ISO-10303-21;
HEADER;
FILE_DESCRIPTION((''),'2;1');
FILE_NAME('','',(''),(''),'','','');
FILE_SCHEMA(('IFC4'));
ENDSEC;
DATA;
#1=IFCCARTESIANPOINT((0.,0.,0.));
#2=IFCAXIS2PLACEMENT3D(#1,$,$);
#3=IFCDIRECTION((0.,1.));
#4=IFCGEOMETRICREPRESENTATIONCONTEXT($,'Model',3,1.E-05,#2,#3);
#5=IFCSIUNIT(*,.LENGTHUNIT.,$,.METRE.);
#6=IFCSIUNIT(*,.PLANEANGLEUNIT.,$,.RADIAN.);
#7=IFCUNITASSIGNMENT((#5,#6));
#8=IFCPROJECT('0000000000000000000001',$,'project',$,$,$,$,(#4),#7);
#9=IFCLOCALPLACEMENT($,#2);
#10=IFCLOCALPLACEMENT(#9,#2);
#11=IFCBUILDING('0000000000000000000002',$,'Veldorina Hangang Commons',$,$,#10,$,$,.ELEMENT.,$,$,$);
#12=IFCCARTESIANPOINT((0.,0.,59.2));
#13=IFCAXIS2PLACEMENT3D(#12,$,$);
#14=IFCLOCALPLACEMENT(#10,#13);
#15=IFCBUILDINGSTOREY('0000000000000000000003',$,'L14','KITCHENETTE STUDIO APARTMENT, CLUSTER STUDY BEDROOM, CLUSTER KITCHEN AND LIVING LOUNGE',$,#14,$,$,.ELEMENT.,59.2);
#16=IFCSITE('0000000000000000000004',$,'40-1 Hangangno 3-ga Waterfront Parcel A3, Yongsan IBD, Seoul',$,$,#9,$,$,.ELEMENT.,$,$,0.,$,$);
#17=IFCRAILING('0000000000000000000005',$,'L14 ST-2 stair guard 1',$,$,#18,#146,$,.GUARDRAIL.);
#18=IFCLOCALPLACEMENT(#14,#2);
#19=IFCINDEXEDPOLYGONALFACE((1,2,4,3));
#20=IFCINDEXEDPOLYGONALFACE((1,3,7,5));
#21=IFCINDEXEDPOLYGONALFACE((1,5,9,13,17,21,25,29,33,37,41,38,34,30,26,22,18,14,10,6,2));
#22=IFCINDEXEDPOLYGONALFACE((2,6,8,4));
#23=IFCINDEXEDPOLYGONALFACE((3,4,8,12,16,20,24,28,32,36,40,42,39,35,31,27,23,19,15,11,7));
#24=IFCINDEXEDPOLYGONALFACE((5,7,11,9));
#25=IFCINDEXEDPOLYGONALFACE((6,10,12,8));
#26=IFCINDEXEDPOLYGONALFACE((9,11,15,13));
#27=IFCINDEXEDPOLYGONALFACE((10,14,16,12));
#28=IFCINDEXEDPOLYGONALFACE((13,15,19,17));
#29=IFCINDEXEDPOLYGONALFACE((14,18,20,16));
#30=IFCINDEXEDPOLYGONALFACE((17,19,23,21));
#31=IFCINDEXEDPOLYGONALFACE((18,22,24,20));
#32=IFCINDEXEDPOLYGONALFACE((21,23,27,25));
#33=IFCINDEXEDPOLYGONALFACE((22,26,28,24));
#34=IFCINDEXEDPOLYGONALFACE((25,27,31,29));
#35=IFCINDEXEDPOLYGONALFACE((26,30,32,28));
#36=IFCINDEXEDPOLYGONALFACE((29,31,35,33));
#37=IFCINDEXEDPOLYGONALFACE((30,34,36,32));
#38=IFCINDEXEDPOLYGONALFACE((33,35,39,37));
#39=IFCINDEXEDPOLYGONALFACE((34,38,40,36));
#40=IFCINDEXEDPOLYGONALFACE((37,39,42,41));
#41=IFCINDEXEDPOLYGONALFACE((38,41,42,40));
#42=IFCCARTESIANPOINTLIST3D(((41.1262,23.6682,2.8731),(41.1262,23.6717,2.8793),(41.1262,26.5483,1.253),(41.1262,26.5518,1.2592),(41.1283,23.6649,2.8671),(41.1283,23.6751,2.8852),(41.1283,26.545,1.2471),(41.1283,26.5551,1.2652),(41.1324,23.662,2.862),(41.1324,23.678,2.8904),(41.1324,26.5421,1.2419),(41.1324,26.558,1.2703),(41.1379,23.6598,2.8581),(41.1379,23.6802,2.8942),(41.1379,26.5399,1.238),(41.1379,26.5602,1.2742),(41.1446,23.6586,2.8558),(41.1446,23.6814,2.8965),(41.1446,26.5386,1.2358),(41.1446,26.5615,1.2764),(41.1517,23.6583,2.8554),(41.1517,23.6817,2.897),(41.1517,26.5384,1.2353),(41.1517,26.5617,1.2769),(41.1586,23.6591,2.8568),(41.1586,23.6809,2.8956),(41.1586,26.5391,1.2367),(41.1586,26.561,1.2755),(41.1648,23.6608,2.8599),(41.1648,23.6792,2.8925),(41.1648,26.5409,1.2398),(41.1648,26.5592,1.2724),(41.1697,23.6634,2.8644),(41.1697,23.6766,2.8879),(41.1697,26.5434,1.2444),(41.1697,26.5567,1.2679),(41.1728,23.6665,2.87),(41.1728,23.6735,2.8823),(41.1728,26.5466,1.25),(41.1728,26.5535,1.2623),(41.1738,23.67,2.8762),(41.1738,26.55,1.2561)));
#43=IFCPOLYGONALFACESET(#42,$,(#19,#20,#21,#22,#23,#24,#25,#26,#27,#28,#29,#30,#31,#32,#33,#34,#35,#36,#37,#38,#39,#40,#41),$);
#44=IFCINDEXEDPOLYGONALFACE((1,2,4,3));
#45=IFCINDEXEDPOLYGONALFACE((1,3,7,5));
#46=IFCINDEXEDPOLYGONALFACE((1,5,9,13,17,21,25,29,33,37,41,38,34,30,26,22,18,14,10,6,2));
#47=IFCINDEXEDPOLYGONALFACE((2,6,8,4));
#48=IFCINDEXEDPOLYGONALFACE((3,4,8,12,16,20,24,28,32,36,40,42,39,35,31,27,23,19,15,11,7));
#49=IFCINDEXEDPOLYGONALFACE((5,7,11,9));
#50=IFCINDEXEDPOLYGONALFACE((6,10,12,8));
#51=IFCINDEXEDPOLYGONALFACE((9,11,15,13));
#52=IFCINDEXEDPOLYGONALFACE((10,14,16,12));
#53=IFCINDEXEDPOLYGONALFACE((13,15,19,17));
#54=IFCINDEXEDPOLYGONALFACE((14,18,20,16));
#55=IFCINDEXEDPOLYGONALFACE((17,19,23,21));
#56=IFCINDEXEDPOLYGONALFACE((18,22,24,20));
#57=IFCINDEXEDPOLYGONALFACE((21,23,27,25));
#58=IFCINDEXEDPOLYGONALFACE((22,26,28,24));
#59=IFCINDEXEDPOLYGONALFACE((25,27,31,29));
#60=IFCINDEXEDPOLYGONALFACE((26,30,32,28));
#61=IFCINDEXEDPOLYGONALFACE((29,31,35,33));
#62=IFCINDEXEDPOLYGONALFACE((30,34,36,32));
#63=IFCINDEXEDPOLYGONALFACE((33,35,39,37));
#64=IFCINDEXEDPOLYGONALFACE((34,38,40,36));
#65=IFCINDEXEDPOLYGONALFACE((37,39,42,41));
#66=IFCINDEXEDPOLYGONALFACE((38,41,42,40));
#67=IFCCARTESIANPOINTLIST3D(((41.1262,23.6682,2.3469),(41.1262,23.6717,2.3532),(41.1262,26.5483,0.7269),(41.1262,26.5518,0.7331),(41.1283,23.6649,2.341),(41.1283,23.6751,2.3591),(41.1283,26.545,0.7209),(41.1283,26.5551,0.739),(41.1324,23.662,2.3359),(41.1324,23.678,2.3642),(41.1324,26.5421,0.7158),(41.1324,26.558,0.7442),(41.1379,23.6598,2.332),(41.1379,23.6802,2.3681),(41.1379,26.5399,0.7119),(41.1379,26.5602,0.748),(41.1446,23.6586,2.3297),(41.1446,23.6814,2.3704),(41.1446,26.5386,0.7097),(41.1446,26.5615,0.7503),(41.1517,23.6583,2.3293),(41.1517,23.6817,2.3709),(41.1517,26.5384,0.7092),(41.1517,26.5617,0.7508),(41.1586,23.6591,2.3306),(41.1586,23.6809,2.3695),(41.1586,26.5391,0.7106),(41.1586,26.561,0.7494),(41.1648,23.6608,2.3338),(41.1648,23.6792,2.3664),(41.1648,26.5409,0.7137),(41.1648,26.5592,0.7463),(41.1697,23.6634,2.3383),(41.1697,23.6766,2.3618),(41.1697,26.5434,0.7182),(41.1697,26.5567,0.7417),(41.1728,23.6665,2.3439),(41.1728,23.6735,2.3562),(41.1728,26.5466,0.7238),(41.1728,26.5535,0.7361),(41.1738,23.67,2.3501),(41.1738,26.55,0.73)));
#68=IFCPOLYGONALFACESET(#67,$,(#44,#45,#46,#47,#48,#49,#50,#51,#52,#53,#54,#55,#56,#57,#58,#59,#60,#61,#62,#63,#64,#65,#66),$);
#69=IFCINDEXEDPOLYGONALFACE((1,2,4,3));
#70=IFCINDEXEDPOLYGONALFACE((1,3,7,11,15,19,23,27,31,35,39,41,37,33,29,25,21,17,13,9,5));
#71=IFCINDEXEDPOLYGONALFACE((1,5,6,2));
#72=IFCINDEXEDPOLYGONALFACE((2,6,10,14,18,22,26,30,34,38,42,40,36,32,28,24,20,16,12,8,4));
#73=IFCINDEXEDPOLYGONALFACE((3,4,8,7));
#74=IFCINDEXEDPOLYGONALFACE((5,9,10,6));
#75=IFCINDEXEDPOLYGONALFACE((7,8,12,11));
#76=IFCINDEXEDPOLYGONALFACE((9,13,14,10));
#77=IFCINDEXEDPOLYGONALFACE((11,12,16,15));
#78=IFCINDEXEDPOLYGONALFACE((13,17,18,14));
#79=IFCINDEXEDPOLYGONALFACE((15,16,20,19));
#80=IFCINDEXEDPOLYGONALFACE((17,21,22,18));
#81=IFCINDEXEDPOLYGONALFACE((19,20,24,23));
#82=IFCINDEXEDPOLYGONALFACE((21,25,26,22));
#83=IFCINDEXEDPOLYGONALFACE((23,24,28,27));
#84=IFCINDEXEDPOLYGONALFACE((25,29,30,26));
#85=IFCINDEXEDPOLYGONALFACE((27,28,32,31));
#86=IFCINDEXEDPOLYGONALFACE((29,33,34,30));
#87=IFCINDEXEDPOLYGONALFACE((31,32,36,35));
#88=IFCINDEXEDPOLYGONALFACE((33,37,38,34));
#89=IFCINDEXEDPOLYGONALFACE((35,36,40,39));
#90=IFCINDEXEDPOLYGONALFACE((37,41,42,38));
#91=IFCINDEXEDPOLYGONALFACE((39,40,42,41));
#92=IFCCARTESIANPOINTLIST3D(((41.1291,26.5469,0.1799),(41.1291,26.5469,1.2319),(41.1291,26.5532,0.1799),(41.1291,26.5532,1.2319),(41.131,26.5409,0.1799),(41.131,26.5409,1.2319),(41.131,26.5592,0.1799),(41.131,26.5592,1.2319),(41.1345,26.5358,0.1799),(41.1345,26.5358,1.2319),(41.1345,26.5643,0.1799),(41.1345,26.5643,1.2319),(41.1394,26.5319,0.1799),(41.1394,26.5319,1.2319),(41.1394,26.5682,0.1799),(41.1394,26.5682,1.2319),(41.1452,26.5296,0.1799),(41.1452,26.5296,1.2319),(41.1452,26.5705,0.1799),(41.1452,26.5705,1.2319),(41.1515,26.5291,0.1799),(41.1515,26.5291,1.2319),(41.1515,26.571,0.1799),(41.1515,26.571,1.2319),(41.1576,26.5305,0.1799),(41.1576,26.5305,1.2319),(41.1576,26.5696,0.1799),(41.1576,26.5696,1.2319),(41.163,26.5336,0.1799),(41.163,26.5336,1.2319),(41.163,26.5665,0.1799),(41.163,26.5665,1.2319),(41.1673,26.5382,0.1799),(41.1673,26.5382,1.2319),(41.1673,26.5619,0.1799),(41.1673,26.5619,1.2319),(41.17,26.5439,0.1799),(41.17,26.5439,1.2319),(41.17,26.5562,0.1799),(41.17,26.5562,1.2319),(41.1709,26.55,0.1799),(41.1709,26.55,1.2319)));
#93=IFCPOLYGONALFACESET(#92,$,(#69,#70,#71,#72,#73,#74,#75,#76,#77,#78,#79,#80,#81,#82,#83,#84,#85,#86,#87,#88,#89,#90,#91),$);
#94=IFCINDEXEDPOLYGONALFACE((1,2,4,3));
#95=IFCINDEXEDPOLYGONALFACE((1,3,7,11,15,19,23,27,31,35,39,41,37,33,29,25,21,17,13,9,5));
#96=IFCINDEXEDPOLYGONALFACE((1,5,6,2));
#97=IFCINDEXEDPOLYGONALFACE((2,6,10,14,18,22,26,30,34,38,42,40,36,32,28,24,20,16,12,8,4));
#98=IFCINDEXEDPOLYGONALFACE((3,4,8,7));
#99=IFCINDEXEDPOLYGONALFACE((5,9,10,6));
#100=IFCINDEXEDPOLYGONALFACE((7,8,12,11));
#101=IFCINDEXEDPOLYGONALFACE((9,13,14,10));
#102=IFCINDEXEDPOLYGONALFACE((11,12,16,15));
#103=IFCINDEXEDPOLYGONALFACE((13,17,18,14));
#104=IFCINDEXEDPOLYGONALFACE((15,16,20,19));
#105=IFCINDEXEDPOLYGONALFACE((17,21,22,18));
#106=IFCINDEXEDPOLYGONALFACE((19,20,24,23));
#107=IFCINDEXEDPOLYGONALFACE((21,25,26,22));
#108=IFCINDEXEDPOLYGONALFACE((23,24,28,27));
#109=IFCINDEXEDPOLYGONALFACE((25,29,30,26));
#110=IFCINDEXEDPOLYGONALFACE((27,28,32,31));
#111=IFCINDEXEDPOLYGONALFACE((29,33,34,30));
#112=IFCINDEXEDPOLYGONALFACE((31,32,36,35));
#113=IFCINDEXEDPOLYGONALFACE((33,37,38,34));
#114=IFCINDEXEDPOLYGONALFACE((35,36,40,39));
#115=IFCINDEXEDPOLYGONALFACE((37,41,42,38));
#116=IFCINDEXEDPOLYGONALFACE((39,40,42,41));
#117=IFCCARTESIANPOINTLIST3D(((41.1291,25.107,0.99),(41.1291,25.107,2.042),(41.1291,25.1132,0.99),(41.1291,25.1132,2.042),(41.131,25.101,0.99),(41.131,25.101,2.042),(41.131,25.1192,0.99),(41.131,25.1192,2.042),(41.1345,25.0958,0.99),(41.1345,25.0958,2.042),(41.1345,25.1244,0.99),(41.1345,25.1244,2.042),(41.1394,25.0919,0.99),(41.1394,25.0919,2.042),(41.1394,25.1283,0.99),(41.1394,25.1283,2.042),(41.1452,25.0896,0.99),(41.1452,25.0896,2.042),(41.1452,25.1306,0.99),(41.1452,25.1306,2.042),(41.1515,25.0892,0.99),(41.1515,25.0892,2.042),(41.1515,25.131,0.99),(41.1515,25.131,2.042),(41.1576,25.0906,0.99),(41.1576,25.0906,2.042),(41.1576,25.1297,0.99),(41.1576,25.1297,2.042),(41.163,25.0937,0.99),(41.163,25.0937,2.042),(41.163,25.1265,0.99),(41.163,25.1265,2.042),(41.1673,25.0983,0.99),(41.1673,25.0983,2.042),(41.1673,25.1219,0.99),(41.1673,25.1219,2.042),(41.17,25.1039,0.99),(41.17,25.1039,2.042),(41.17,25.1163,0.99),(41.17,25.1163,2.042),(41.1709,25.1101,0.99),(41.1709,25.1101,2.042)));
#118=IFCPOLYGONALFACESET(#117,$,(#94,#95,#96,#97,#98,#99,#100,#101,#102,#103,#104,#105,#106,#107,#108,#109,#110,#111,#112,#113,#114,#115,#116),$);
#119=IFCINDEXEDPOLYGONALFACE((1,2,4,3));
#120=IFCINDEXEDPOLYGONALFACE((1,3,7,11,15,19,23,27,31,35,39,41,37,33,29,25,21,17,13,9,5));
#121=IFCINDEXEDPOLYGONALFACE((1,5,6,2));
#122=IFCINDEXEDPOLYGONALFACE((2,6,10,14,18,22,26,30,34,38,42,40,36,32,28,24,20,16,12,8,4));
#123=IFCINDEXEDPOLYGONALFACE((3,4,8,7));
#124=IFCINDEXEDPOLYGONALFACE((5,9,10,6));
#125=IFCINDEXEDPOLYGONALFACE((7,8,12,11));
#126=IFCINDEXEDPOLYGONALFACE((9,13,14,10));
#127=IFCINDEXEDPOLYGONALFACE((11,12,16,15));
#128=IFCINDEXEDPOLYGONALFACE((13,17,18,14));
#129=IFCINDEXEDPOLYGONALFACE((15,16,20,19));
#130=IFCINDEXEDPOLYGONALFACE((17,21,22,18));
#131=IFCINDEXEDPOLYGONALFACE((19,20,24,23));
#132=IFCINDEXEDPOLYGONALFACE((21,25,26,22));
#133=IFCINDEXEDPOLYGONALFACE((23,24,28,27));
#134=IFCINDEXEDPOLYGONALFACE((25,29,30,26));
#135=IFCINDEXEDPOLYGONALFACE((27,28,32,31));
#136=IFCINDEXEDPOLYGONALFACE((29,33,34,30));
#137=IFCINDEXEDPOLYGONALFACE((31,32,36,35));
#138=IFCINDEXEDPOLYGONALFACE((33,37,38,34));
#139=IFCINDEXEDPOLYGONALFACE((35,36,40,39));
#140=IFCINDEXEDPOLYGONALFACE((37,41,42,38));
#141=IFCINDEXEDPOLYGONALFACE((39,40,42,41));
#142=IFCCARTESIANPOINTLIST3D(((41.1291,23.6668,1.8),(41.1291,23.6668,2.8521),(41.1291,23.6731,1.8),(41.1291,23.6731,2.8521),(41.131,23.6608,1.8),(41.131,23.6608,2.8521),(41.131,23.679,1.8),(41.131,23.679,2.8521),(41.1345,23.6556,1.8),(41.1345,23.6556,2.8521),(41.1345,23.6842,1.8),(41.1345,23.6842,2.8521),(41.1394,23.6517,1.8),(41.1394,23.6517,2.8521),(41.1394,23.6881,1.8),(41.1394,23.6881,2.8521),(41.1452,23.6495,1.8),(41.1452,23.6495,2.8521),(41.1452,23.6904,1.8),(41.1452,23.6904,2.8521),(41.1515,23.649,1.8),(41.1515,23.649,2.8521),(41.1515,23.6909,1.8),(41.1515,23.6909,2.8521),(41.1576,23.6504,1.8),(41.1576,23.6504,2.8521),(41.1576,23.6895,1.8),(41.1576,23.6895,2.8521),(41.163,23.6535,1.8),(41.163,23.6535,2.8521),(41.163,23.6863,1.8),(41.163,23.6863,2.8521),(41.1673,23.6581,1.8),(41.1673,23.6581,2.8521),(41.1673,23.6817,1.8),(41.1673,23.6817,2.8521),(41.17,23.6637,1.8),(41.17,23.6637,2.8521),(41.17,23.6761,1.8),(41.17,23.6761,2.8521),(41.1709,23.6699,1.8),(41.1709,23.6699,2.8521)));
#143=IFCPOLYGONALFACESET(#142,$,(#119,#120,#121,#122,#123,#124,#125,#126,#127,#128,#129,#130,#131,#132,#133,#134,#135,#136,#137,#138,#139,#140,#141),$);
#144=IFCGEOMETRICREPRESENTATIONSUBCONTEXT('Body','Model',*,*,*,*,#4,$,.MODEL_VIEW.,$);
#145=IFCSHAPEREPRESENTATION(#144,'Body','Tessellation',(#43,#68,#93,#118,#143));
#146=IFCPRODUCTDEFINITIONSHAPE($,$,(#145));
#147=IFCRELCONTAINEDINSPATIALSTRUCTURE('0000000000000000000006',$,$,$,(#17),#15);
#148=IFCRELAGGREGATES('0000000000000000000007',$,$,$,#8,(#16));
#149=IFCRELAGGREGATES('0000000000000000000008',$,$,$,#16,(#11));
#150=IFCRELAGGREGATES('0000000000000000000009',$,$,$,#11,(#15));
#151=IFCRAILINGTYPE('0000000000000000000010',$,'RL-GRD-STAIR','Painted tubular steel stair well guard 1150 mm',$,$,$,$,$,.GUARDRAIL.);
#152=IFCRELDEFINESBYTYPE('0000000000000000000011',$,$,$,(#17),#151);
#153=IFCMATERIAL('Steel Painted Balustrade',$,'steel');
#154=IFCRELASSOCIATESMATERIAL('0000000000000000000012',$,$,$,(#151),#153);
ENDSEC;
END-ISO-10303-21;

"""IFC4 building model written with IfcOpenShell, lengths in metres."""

from ifc_helpers import new_model, si_unit, direction, frame, origin, origin_2d, place, context, subcontext, project, spatial, circle, extrude, material, type_object, element, save


model = new_model("IFC4")

# Units and contexts
model_context = context("Model", 3, precision=1e-05, world=origin(), true_north=direction((0.0, 1.0)))
body_context = subcontext(model_context, "Body", "Model", "MODEL_VIEW")
ifc_project = project(units=[si_unit("LENGTHUNIT", "METRE"), si_unit("PLANEANGLEUNIT", "RADIAN")], contexts=[model_context])

# Site, building, storey
site_placement = place(None, origin())
site = spatial("IfcSite", under=ifc_project, at=site_placement, Name="40-1 Hangangno 3-ga Waterfront Parcel A3, Yongsan IBD, Seoul", CompositionType="ELEMENT", RefElevation=0.0)
building_placement = place(site_placement, origin())
building = spatial("IfcBuilding", under=site, at=building_placement, Name="Veldorina Hangang Commons", CompositionType="ELEMENT")
storey_placement = place(building_placement, frame((0.0, 0.0, 59.2)))
storey = spatial("IfcBuildingStorey", under=building, at=storey_placement, Name="L14", Description="KITCHENETTE STUDIO APARTMENT, CLUSTER STUDY BEDROOM, CLUSTER KITCHEN AND LIVING LOUNGE", CompositionType="ELEMENT", Elevation=59.2)

# Railing
ifc_material_1 = material(Name="Steel Painted Balustrade", Category="steel")
railing_type_1 = type_object("IfcRailingType", Name="RL-GRD-STAIR", Description="Painted tubular steel stair well guard 1150 mm", PredefinedType="GUARDRAIL", material=ifc_material_1)
railing_1_placement = place(storey_placement, frame((41.1499, 26.55, 0.1799)))
element("IfcRailing", 1, at=railing_1_placement, inside=storey, type_object=railing_type_1, Name="L14 ST-2 stair guard 1", PredefinedType="GUARDRAIL", context=body_context, shape_type="SweptSolid", body=[
    extrude(circle(Radius=0.0239, at=origin_2d()), frame((0.0, 0.0, 1.0762), z_axis=(0.0, -0.87157, 0.490272), x_axis=(1.0, 0.0, 0.0)), (0.0, 0.0, 1.0), 3.3044),
    extrude(circle(Radius=0.0239, at=origin_2d()), frame((0.0, 0.0, 0.55), z_axis=(0.0, -0.87157, 0.490272), x_axis=(1.0, 0.0, 0.0)), (0.0, 0.0, 1.0), 3.3044),
    extrude(circle(Radius=0.021, at=origin_2d()), origin(), (0.0, 0.0, 1.0), 1.052),
    extrude(circle(Radius=0.021, at=origin_2d()), frame((0.0, -1.4399, 0.8101)), (0.0, 0.0, 1.0), 1.052),
    extrude(circle(Radius=0.021, at=origin_2d()), frame((0.0, -2.8801, 1.6201)), (0.0, 0.0, 1.0), 1.052),
])

save(model, "model.ifc")
